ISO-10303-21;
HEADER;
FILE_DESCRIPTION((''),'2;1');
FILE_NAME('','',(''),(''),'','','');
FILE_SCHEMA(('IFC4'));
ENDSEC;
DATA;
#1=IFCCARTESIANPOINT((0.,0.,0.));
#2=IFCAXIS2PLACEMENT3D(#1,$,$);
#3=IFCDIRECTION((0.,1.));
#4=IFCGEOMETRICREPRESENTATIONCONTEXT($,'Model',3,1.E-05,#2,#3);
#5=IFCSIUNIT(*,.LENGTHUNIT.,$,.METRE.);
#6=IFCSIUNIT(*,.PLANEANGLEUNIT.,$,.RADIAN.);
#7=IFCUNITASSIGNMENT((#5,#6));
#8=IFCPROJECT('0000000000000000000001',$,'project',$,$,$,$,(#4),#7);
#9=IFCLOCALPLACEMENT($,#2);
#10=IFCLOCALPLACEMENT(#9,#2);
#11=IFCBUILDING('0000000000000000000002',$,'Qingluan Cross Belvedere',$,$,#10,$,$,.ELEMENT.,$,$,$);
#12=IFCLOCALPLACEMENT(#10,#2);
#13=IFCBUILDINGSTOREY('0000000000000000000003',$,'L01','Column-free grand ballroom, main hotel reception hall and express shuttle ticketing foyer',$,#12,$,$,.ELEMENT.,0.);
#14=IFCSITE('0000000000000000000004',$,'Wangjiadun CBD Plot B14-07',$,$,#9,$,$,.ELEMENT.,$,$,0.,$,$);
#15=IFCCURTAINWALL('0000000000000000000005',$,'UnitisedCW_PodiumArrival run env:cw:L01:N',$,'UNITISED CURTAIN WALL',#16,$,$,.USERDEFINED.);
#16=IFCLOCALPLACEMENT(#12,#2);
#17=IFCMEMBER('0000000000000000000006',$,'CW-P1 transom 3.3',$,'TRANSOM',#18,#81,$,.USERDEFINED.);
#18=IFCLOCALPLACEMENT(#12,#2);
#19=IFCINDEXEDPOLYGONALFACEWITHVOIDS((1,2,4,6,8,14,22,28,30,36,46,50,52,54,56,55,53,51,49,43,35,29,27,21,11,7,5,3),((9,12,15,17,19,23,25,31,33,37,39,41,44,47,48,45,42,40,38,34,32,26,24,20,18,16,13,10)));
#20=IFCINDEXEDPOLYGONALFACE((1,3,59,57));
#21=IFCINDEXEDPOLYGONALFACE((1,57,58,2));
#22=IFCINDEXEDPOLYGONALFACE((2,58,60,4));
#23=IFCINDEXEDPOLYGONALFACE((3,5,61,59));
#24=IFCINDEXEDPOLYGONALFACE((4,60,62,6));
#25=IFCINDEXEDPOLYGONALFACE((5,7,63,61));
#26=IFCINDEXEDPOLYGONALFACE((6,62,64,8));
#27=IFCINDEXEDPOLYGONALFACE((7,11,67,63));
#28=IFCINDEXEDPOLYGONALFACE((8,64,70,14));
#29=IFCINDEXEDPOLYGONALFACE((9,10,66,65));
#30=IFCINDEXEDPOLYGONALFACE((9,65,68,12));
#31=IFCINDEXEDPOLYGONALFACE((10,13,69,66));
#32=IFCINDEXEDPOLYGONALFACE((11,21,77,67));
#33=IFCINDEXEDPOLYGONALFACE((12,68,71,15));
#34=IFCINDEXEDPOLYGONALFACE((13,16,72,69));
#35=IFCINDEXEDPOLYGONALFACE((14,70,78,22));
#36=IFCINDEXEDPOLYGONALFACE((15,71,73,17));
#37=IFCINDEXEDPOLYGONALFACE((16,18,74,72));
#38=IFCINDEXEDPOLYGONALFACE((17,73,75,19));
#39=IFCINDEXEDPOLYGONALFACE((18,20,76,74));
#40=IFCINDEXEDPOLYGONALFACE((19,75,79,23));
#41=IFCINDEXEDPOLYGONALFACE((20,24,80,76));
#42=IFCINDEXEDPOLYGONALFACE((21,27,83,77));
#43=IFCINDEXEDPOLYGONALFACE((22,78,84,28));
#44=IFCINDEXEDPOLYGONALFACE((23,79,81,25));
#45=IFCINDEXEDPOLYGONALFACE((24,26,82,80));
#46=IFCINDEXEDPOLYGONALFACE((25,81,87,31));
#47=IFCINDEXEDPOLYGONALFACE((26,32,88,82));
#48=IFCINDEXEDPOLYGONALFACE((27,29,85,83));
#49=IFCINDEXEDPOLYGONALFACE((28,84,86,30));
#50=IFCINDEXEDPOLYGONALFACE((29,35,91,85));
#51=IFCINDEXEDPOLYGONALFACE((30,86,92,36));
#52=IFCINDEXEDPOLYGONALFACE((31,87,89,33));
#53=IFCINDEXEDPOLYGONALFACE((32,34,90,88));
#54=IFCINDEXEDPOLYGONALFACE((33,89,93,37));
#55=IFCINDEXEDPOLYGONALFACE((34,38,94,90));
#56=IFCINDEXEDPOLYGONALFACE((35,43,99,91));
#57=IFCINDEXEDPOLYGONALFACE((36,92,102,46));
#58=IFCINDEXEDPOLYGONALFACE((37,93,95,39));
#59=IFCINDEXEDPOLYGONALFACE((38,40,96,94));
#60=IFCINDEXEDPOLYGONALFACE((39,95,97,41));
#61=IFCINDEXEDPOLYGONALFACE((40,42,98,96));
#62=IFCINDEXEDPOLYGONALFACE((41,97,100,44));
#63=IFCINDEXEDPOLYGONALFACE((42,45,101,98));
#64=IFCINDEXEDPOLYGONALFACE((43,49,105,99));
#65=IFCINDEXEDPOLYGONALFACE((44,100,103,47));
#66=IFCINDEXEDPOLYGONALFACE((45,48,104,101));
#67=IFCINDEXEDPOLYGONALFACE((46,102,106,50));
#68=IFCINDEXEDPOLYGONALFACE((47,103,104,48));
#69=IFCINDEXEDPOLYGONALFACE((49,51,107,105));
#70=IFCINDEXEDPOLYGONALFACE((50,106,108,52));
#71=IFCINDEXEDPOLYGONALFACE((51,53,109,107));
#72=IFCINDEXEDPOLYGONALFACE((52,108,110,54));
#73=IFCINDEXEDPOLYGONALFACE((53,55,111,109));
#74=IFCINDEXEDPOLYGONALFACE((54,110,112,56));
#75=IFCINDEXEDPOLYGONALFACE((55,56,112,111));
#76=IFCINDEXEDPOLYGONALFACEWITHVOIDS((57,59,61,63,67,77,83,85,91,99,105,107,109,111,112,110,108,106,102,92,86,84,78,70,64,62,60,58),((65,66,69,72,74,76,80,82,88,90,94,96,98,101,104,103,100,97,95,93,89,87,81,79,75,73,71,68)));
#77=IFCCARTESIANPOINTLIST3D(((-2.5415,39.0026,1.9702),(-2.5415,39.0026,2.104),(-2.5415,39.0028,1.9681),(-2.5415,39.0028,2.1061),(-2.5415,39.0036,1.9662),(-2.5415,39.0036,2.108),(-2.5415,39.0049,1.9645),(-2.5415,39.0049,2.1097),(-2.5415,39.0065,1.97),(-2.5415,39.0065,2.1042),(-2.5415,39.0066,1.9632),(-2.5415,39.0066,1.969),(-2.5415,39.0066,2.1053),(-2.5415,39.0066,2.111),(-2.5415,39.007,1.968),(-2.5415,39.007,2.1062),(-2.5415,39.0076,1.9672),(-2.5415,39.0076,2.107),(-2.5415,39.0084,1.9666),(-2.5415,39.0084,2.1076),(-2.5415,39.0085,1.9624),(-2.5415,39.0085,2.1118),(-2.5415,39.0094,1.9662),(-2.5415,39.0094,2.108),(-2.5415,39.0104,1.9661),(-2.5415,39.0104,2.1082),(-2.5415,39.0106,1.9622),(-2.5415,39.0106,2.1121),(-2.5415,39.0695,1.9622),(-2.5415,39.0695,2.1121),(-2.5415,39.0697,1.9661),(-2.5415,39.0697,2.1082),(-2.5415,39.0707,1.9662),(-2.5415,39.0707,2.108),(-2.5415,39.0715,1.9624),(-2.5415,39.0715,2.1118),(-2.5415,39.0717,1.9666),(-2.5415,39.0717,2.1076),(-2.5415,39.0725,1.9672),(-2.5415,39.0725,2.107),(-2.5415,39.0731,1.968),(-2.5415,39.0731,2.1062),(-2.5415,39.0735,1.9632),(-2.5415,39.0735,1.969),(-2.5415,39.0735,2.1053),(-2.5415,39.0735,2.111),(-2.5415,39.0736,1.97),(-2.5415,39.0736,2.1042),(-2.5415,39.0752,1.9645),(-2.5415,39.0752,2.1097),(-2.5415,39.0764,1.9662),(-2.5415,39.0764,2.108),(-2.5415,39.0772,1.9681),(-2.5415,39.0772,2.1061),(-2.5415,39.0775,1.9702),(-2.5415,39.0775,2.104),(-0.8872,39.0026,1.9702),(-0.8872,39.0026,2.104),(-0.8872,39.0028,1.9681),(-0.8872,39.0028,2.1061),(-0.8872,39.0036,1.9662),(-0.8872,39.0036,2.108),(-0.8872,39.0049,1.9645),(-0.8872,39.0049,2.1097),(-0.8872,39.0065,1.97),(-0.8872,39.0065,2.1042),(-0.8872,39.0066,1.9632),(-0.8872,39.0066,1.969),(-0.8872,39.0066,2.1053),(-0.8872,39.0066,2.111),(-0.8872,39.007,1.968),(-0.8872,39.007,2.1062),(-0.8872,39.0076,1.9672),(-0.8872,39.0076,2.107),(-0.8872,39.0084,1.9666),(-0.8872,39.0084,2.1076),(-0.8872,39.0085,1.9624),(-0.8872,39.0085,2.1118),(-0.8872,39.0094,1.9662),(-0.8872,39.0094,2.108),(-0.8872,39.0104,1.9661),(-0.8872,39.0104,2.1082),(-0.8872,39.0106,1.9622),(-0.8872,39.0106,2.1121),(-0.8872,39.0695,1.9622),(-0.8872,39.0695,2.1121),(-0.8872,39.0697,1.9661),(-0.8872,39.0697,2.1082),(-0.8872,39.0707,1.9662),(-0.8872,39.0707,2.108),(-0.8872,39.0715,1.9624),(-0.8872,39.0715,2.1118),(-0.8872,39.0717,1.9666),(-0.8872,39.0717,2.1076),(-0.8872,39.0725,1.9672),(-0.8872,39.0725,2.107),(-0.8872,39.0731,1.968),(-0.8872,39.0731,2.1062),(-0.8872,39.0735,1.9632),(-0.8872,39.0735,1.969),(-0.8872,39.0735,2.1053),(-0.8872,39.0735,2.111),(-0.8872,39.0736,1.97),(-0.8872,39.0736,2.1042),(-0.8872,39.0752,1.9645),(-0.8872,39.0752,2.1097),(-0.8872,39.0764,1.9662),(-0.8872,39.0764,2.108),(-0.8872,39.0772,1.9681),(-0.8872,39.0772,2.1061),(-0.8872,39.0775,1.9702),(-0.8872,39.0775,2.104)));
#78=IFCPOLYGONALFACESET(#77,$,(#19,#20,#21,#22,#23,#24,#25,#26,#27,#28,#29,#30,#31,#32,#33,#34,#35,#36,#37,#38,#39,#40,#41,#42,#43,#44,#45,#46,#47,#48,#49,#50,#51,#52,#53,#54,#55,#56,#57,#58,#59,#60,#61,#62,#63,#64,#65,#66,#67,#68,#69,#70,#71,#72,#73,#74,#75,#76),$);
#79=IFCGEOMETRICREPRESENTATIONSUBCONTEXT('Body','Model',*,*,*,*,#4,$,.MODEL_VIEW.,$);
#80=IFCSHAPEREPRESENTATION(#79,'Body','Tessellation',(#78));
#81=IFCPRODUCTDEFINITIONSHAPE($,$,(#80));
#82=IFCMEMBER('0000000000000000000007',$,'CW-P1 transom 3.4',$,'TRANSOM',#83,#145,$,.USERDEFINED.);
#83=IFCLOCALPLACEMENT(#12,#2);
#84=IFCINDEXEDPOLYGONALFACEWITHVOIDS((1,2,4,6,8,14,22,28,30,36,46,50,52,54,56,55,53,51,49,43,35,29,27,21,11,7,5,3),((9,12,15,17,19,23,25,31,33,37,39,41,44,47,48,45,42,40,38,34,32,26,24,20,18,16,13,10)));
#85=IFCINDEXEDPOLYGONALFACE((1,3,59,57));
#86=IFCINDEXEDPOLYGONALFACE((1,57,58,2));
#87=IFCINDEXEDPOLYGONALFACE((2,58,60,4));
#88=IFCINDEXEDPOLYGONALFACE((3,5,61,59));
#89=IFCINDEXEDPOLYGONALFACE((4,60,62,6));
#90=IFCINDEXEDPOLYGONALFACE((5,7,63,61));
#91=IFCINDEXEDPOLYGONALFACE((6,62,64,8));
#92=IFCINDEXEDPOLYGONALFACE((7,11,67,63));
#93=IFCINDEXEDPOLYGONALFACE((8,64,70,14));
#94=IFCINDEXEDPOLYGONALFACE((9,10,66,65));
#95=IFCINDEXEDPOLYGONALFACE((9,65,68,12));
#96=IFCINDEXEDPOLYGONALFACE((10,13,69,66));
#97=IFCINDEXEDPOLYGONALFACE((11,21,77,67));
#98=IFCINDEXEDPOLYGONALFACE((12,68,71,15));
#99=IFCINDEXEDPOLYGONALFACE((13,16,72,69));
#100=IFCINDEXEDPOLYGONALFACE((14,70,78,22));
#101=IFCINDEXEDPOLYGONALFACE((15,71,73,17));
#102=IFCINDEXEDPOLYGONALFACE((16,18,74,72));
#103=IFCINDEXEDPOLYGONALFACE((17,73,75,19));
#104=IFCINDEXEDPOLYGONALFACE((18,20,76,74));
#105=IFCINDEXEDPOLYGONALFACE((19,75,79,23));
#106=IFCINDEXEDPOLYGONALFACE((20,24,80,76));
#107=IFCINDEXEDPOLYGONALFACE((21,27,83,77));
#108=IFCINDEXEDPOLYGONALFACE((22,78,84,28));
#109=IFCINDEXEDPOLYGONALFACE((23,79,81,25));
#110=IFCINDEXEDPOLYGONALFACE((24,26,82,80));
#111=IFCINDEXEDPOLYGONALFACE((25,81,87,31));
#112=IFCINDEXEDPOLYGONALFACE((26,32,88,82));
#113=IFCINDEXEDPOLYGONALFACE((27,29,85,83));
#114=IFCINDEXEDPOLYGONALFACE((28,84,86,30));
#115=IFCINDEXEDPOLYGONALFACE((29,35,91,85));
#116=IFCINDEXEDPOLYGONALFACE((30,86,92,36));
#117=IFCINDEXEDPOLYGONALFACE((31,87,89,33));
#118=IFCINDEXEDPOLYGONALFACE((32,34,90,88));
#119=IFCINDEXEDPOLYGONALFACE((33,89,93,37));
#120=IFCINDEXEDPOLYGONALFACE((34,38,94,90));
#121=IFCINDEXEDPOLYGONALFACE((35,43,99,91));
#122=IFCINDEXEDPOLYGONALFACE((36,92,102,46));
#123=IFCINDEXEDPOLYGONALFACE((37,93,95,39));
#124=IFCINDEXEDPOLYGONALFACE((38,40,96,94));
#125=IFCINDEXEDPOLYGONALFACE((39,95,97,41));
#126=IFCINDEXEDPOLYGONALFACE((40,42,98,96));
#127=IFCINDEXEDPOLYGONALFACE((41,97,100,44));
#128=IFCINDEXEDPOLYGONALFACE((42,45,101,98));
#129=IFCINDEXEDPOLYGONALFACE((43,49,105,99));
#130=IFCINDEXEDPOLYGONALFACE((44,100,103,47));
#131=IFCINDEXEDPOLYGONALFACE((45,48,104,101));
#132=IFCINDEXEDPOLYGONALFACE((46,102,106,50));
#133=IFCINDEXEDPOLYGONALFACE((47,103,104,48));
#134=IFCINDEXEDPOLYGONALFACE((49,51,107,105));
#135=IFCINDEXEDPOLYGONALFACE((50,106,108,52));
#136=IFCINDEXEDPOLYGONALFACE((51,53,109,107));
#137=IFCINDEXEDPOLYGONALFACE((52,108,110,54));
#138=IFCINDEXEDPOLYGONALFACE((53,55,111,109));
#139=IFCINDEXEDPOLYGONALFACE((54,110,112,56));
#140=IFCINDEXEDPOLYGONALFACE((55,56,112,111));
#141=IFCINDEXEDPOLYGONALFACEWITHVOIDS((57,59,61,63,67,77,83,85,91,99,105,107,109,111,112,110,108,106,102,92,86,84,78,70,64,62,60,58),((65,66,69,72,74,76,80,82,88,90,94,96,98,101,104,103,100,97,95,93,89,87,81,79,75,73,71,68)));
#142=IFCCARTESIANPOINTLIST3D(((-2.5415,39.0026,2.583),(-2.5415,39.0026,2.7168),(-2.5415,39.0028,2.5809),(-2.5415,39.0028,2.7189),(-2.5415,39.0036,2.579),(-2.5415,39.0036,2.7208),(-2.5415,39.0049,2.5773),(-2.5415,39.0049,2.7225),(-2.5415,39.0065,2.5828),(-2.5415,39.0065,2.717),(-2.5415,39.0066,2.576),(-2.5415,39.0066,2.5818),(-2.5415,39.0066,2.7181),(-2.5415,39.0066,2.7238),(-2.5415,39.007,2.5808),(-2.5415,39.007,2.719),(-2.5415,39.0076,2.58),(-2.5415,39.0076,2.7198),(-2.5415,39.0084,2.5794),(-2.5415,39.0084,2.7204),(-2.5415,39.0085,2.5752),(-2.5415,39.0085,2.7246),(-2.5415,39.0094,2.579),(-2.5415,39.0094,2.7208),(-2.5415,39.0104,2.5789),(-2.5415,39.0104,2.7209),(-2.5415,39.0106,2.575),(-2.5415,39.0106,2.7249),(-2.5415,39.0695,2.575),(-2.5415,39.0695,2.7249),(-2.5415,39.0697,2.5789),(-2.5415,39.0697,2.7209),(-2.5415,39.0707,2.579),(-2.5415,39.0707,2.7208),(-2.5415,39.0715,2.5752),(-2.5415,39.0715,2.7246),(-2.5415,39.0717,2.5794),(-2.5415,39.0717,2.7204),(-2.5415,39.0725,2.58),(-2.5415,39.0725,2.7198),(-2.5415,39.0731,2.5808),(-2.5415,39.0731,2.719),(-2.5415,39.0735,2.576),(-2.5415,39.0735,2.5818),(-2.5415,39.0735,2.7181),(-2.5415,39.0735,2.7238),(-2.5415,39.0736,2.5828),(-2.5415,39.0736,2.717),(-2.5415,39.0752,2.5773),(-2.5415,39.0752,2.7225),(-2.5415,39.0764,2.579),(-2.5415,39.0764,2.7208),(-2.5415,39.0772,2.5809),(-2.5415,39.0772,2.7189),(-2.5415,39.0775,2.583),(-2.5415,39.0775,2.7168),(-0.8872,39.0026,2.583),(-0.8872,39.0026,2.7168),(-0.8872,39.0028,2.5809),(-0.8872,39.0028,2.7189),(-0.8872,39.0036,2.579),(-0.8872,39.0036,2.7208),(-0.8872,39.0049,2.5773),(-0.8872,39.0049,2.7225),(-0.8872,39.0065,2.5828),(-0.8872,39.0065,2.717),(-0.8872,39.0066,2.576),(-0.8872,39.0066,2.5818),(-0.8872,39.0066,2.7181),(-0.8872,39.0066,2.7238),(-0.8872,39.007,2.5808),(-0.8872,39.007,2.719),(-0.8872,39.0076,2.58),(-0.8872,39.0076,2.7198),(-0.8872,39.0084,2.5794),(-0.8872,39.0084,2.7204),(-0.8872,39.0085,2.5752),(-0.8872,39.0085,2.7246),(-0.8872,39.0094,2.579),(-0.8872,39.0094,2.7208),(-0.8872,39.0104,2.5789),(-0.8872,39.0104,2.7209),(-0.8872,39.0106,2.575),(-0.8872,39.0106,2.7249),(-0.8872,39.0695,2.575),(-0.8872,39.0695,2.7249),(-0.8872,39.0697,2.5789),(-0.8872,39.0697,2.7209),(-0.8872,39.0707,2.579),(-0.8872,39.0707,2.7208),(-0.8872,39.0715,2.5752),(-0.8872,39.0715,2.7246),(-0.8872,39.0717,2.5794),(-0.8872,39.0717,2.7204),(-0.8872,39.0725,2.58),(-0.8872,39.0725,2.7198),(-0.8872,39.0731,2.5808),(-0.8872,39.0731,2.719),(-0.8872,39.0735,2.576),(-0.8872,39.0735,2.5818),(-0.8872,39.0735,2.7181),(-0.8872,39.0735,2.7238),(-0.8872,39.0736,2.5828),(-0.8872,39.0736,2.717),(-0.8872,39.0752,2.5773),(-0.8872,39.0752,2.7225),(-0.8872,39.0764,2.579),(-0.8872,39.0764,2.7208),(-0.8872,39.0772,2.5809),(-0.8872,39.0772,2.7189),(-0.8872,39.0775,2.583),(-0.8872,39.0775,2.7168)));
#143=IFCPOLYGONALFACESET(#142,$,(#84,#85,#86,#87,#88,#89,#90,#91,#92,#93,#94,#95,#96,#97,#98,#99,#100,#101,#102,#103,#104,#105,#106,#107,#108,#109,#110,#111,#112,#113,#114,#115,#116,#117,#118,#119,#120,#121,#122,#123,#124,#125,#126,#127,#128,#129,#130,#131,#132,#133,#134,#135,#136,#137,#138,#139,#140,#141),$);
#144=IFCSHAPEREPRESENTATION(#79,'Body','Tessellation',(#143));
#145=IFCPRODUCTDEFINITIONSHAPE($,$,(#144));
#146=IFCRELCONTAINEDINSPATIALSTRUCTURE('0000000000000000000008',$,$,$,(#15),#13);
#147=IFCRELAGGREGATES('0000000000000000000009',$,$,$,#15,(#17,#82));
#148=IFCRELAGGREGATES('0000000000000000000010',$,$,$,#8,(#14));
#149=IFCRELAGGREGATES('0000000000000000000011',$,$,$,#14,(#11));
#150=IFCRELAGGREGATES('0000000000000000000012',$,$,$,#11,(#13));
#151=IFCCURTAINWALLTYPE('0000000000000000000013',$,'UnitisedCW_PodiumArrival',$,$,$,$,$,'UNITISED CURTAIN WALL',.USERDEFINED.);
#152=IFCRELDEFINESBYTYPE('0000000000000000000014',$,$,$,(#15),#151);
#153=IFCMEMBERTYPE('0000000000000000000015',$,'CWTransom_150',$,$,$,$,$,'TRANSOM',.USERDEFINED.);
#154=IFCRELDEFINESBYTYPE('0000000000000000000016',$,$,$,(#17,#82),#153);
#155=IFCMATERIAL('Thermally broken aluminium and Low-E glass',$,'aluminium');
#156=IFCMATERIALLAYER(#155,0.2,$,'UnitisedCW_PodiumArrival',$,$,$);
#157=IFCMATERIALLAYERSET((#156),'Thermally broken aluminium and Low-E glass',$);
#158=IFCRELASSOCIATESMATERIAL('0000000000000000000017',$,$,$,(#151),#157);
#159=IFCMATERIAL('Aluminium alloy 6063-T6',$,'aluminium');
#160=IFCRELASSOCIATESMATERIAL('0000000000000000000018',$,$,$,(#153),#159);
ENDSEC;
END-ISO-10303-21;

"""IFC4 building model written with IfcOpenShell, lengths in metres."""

from ifc_helpers import new_model, si_unit, direction, frame, origin, origin_2d, place, context, subcontext, project, spatial, hollow_rectangle, extrude, material, layer, layer_set, material_profile, profile_set, type_object, element, aggregate, save


model = new_model("IFC4")

# Units and contexts
model_context = context("Model", 3, precision=1e-05, world=origin(), true_north=direction((0.0, 1.0)))
body_context = subcontext(model_context, "Body", "Model", "MODEL_VIEW")
ifc_project = project(units=[si_unit("LENGTHUNIT", "METRE"), si_unit("PLANEANGLEUNIT", "RADIAN")], contexts=[model_context])

# Site, building, storey
site_placement = place(None, origin())
site = spatial("IfcSite", under=ifc_project, at=site_placement, Name="Wangjiadun CBD Plot B14-07", CompositionType="ELEMENT", RefElevation=0.0)
building_placement = place(site_placement, origin())
building = spatial("IfcBuilding", under=site, at=building_placement, Name="Qingluan Cross Belvedere", CompositionType="ELEMENT")
storey_placement = place(building_placement, origin())
storey = spatial("IfcBuildingStorey", under=building, at=storey_placement, Name="L01", Description="Column-free grand ballroom, main hotel reception hall and express shuttle ticketing foyer", CompositionType="ELEMENT", Elevation=0.0)

# Curtain wall, members
ifc_material_1 = material(Name="Thermally broken aluminium and Low-E glass", Category="aluminium")
ifc_layer_1 = layer(ifc_material_1, 0.2, Name="UnitisedCW_PodiumArrival")
ifc_layer_set_1 = layer_set([ifc_layer_1], Name="Thermally broken aluminium and Low-E glass")
curtain_wall_type = type_object("IfcCurtainWallType", Name="UnitisedCW_PodiumArrival", ElementType="UNITISED CURTAIN WALL", PredefinedType="USERDEFINED", material=ifc_layer_set_1)
curtain_wall_placement = place(storey_placement, origin())
curtain_wall = element("IfcCurtainWall", 1, at=curtain_wall_placement, inside=storey, type_object=curtain_wall_type, Name="UnitisedCW_PodiumArrival run env:cw:L01:N", ObjectType="UNITISED CURTAIN WALL", PredefinedType="USERDEFINED")
ifc_material_2 = material(Name="Aluminium alloy 6063-T6", Category="aluminium")
ifc_material_profile_1 = material_profile(ifc_material_2, hollow_rectangle(XDim=0.075, YDim=0.1499, WallThickness=0.0039, InnerFilletRadius=0.0039, OuterFilletRadius=0.0081, at=origin_2d()), Name="CWT150x75x4")
ifc_profile_set_1 = profile_set([ifc_material_profile_1], Name="Aluminium alloy 6063-T6")
member_type_1 = type_object("IfcMemberType", Name="CWTransom_150", ElementType="TRANSOM", PredefinedType="USERDEFINED", material=ifc_profile_set_1)
member_1_placement = place(storey_placement, frame((-2.5415, 39.04, 2.0371), z_axis=(1.0, 0.0, 0.0), x_axis=(0.0, 1.0, 0.0)))
member_1 = element("IfcMember", 2, at=member_1_placement, type_object=member_type_1, Name="CW-P1 transom 3.3", ObjectType="TRANSOM", PredefinedType="USERDEFINED", context=body_context, shape_type="SweptSolid", body=[
    extrude(hollow_rectangle(XDim=0.075, YDim=0.1499, WallThickness=0.0039, InnerFilletRadius=0.0039, OuterFilletRadius=0.0081, at=origin_2d()), origin(), (0.0, 0.0, 1.0), 1.6543),
])
member_2_placement = place(storey_placement, frame((-2.5415, 39.04, 2.6499), z_axis=(1.0, 0.0, 0.0), x_axis=(0.0, 1.0, 0.0)))
member_2 = element("IfcMember", 3, at=member_2_placement, type_object=member_type_1, Name="CW-P1 transom 3.4", ObjectType="TRANSOM", PredefinedType="USERDEFINED", context=body_context, shape_type="SweptSolid", body=[
    extrude(hollow_rectangle(XDim=0.075, YDim=0.1499, WallThickness=0.0039, InnerFilletRadius=0.0039, OuterFilletRadius=0.0081, at=origin_2d()), origin(), (0.0, 0.0, 1.0), 1.6543),
])

aggregate(curtain_wall, [member_1, member_2])

save(model, "model.ifc")
